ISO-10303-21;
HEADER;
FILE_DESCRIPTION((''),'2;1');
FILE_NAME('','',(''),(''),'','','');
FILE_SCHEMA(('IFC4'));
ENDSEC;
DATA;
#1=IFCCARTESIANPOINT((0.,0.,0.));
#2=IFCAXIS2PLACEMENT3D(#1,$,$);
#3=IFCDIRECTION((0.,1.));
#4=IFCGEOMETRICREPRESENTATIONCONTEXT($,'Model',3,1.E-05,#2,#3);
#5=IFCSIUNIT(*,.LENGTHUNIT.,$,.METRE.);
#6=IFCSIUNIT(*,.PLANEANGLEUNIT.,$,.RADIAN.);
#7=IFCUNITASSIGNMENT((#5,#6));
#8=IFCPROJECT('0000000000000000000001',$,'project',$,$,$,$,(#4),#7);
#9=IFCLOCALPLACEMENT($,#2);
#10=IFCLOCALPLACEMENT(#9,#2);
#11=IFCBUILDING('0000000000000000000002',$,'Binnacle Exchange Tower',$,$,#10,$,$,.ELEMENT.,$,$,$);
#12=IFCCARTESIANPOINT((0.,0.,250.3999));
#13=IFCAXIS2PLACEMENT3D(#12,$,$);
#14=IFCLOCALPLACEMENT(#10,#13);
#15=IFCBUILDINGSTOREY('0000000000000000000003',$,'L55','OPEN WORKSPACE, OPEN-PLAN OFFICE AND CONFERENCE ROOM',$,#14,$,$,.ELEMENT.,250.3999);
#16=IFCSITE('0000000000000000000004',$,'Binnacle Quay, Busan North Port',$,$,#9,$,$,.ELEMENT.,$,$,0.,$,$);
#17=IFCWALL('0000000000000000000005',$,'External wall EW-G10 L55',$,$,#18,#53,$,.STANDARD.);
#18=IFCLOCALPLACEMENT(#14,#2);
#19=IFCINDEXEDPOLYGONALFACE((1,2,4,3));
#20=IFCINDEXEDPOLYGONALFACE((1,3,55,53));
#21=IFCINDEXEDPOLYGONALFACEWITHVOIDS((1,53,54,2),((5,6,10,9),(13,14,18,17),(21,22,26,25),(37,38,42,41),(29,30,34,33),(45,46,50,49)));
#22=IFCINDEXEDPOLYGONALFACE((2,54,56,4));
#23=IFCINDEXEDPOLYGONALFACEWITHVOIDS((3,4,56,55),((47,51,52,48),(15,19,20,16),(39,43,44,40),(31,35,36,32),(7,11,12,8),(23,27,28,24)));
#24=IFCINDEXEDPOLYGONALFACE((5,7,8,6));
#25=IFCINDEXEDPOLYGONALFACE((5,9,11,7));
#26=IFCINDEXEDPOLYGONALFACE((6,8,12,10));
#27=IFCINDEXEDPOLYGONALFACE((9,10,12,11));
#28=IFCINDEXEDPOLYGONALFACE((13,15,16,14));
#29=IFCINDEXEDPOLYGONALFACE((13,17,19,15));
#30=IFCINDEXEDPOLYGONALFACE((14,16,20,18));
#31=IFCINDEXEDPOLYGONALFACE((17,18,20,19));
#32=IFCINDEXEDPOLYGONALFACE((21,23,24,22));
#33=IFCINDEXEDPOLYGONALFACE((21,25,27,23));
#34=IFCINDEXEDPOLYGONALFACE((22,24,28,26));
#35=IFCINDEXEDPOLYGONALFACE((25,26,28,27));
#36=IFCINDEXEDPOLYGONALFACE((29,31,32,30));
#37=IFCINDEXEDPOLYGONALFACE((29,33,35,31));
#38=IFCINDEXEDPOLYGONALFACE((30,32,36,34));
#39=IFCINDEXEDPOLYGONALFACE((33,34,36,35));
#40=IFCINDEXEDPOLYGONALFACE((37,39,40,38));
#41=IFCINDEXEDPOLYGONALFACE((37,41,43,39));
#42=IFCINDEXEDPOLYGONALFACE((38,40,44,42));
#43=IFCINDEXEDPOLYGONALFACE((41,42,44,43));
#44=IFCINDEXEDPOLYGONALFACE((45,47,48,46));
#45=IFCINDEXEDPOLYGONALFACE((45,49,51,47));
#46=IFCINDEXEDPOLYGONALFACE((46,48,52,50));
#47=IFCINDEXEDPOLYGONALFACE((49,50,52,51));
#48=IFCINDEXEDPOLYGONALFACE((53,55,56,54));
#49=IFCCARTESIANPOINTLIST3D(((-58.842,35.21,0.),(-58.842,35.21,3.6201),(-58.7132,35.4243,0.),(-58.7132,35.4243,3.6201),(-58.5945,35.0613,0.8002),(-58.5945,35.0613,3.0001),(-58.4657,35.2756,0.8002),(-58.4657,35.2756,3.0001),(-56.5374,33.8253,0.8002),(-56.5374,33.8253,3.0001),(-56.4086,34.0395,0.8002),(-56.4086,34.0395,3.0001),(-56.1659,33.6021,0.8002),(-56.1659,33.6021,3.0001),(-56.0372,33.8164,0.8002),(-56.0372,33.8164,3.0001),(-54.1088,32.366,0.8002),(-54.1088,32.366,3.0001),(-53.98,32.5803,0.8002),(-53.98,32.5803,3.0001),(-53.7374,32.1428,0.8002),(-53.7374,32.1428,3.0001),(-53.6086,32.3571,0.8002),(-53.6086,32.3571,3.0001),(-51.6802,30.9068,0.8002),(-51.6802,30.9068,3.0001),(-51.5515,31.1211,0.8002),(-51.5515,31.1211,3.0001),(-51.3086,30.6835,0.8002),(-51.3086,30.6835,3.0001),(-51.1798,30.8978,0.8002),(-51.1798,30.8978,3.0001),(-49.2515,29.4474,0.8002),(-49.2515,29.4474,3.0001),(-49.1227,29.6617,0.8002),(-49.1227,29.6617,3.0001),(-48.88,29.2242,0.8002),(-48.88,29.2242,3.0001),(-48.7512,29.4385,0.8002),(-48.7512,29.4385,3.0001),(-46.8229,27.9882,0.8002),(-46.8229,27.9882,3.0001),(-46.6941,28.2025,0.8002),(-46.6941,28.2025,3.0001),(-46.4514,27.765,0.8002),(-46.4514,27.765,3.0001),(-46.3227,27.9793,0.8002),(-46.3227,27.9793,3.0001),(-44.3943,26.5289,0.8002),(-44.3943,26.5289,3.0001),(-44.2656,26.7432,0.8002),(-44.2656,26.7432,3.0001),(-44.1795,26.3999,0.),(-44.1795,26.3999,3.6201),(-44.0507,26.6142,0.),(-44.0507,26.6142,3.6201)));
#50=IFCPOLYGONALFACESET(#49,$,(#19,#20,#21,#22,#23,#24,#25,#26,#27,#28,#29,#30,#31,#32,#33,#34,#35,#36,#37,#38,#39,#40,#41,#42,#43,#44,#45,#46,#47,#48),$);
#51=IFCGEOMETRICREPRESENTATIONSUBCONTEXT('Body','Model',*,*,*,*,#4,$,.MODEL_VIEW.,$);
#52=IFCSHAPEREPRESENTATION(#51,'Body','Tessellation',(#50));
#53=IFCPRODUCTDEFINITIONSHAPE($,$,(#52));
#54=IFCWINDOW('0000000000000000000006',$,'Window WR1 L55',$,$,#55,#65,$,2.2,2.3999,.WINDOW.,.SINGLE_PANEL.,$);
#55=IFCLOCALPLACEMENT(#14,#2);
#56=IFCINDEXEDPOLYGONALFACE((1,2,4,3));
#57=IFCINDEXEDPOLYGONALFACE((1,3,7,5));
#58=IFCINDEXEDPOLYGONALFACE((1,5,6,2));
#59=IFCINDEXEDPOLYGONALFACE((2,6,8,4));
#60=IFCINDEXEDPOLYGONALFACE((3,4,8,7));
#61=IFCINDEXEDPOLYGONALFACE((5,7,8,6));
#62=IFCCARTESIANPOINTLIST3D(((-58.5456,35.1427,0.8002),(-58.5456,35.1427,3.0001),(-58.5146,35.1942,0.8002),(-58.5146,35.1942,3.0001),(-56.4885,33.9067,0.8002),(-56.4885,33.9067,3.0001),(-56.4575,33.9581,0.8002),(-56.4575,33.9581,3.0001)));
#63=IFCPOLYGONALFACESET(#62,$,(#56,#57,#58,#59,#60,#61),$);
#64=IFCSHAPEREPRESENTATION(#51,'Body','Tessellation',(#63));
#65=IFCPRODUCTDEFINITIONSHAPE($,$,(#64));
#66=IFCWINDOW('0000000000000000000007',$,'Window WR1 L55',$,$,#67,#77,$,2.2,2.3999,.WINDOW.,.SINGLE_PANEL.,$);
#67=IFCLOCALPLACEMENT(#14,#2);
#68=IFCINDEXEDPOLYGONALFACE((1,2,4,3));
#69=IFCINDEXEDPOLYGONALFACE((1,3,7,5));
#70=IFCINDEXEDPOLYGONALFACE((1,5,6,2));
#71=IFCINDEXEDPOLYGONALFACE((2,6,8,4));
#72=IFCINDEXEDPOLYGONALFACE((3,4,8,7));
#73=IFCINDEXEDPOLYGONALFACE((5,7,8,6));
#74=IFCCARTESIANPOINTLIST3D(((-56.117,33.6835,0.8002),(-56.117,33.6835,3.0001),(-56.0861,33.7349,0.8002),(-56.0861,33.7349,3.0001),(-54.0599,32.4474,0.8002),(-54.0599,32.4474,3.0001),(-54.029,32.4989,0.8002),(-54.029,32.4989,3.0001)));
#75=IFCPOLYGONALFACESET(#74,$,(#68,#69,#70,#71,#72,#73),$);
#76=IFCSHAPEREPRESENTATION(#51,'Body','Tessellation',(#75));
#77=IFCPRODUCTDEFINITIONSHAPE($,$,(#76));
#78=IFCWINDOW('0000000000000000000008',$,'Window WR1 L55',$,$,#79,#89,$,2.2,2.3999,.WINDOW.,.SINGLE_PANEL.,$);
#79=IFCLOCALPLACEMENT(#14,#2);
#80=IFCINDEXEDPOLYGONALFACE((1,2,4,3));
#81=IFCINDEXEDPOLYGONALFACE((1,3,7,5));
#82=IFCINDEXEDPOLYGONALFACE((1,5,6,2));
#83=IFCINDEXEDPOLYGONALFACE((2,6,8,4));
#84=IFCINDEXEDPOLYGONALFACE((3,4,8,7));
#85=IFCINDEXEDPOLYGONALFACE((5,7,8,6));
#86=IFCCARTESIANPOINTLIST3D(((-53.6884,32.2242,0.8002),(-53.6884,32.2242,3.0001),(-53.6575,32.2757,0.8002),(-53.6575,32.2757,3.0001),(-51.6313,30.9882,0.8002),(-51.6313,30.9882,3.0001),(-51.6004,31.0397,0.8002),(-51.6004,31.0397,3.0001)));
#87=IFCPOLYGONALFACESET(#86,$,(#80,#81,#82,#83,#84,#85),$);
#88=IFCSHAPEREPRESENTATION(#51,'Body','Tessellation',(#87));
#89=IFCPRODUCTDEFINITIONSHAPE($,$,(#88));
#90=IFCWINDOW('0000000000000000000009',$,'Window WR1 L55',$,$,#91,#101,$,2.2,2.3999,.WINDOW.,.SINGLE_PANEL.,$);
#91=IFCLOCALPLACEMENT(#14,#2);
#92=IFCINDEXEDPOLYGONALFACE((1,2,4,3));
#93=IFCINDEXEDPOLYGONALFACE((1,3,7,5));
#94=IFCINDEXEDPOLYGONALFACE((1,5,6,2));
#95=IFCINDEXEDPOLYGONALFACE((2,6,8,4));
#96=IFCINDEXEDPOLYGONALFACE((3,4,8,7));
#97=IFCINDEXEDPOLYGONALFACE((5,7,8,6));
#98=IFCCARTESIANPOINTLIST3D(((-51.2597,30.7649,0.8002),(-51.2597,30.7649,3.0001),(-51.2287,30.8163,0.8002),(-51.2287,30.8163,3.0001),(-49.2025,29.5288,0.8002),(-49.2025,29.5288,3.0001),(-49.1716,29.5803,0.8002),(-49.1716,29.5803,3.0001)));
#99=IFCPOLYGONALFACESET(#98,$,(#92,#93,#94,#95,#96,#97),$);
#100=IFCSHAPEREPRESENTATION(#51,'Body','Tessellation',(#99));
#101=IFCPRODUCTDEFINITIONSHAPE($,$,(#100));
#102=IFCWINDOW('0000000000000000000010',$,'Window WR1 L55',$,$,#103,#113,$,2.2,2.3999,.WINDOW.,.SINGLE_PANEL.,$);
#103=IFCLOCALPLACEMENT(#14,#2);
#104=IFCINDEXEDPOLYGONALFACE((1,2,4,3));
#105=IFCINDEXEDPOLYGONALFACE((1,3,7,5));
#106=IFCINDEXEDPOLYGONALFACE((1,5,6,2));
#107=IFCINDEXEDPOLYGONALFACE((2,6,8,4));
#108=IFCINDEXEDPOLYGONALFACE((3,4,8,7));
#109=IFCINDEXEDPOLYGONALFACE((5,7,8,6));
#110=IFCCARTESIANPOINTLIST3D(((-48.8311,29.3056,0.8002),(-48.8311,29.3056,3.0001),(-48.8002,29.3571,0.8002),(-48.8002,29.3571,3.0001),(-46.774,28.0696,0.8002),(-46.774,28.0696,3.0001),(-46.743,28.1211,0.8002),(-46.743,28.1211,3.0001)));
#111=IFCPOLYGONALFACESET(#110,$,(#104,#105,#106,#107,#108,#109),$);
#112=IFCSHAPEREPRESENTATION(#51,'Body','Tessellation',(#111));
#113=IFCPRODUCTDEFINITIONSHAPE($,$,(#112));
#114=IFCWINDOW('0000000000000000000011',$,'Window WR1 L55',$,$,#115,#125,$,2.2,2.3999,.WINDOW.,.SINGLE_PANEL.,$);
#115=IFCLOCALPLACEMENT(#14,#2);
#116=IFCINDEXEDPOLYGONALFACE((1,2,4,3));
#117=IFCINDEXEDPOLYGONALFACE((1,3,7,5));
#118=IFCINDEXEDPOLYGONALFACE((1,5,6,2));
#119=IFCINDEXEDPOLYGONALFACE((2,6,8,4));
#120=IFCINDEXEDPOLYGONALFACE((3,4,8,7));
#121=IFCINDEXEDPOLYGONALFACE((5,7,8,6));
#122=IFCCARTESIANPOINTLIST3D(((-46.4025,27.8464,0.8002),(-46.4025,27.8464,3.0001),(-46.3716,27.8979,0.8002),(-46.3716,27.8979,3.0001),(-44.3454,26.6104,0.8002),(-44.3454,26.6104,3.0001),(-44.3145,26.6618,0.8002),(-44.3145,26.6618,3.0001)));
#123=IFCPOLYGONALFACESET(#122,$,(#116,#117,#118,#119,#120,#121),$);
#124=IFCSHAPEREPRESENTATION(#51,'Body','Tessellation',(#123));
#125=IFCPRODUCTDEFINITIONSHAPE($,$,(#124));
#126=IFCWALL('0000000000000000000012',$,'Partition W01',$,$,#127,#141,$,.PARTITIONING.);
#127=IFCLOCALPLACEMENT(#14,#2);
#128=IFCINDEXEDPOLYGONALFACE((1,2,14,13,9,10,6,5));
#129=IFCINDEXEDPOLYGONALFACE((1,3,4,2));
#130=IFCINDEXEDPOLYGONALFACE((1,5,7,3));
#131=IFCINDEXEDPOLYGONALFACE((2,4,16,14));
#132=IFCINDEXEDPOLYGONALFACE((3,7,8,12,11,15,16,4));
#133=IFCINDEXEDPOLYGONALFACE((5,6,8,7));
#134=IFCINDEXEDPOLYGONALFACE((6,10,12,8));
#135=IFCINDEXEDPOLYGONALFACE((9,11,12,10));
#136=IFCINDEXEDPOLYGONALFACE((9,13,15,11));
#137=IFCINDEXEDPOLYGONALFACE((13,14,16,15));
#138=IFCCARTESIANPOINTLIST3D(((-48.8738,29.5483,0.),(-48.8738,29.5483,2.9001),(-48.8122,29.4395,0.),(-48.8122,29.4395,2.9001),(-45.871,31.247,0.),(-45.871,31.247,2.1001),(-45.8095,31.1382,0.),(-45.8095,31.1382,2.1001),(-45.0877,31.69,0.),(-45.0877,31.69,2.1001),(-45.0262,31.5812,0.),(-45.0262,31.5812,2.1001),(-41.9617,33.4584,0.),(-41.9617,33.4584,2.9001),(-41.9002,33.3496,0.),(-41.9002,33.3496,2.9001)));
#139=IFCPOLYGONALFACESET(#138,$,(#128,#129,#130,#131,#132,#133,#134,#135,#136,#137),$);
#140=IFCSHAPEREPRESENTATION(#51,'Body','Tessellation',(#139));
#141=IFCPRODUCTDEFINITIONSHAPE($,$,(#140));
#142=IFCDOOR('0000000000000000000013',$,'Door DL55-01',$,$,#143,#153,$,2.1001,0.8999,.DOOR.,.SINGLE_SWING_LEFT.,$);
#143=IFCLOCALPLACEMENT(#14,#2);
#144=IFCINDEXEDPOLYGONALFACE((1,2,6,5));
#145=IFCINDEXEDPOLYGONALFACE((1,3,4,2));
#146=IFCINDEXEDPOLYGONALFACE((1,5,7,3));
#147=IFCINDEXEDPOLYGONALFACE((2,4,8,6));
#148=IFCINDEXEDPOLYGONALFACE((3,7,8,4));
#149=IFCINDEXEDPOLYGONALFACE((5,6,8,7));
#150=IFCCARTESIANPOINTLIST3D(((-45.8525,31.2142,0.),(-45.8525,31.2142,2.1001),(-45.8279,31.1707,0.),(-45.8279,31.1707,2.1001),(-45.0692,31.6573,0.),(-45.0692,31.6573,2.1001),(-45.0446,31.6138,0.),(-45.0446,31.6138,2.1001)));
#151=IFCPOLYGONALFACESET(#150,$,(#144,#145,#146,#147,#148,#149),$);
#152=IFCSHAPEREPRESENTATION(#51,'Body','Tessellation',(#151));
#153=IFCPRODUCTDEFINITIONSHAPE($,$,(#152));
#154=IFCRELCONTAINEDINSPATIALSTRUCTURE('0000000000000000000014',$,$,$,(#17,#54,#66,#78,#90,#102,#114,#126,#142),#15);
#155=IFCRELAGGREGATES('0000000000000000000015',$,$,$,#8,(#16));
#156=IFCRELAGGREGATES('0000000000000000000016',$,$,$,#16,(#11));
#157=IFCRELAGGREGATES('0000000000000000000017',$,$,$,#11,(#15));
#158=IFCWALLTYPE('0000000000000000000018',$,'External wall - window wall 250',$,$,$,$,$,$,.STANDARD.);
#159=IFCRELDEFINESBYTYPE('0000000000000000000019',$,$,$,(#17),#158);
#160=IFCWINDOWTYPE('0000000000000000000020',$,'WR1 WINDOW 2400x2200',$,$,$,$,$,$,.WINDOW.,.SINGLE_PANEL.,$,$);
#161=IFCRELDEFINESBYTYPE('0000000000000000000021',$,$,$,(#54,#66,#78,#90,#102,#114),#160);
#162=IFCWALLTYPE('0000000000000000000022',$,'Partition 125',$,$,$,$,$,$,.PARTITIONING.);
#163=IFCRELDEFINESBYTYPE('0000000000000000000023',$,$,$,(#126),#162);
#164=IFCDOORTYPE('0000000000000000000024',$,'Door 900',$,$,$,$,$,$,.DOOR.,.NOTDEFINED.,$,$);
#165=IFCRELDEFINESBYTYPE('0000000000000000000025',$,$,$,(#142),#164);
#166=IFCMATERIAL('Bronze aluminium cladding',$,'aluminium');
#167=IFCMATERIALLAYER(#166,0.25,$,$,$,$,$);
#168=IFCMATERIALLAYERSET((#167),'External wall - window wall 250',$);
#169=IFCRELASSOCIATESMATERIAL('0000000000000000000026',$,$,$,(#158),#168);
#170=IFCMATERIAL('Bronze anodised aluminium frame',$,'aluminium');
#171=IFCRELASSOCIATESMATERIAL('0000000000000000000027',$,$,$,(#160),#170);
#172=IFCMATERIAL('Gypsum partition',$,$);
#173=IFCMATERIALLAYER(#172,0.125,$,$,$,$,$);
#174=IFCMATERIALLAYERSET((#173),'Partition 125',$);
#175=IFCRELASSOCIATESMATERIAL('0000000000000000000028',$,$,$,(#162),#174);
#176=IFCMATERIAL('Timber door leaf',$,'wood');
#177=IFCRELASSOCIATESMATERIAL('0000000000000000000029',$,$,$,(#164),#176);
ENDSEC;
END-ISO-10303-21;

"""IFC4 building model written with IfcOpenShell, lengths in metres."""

from ifc_helpers import new_model, si_unit, direction, frame, frame_2d, origin, place, context, subcontext, project, spatial, rectangle, extrude, material, layer, layer_set, type_object, element, fill, save


model = new_model("IFC4")

# Units and contexts
model_context = context("Model", 3, precision=1e-05, world=origin(), true_north=direction((0.0, 1.0)))
body_context = subcontext(model_context, "Body", "Model", "MODEL_VIEW")
ifc_project = project(units=[si_unit("LENGTHUNIT", "METRE"), si_unit("PLANEANGLEUNIT", "RADIAN")], contexts=[model_context])

# Site, building, storey
site_placement = place(None, origin())
site = spatial("IfcSite", under=ifc_project, at=site_placement, Name="Binnacle Quay, Busan North Port", CompositionType="ELEMENT", RefElevation=0.0)
building_placement = place(site_placement, origin())
building = spatial("IfcBuilding", under=site, at=building_placement, Name="Binnacle Exchange Tower", CompositionType="ELEMENT")
storey_placement = place(building_placement, frame((0.0, 0.0, 250.3999)))
storey = spatial("IfcBuildingStorey", under=building, at=storey_placement, Name="L55", Description="OPEN WORKSPACE, OPEN-PLAN OFFICE AND CONFERENCE ROOM", CompositionType="ELEMENT", Elevation=250.3999)

# Shared definitions
ifc_material_1 = material(Name="Bronze aluminium cladding", Category="aluminium")
ifc_layer_1 = layer(ifc_material_1, 0.25)
ifc_layer_set_1 = layer_set([ifc_layer_1], Name="External wall - window wall 250")
wall_type_1 = type_object("IfcWallType", Name="External wall - window wall 250", PredefinedType="STANDARD", material=ifc_layer_set_1)

# Wall, openings, windows
wall_1_placement = place(storey_placement, frame((-44.1152, 26.5071, 0.0), z_axis=(0.0, 0.0, 1.0), x_axis=(-0.857167, 0.515039, 0.0)))
wall_1 = element("IfcWall", 1, at=wall_1_placement, inside=storey, type_object=wall_type_1, Name="External wall EW-G10 L55", PredefinedType="STANDARD", context=body_context, shape_type="SweptSolid", body=[
    extrude(rectangle(XDim=17.1057, YDim=0.25, at=frame_2d((8.5527, 0.0))), origin(), (0.0, 0.0, 1.0), 3.6201),
])
opening_1_placement = place(wall_1_placement, frame((14.417, 0.0, 0.8)))
opening_1 = element("IfcOpeningElement", 2, at=opening_1_placement, cuts=wall_1, PredefinedType="OPENING", context=body_context, shape_type="SweptSolid", body=[
    extrude(rectangle(XDim=2.3999, YDim=2.2, at=frame_2d((1.2, 1.1001))), frame((0.0, 0.135, 0.0), z_axis=(0.0, -1.0, 0.0), x_axis=(1.0, 0.0, 0.0)), (0.0, 0.0, 1.0), 0.27),
])
opening_2_placement = place(wall_1_placement, frame((11.5837, 0.0, 0.8)))
opening_2 = element("IfcOpeningElement", 3, at=opening_2_placement, cuts=wall_1, PredefinedType="OPENING", context=body_context, shape_type="SweptSolid", body=[
    extrude(rectangle(XDim=2.3999, YDim=2.2, at=frame_2d((1.2, 1.1001))), frame((0.0, 0.135, 0.0), z_axis=(0.0, -1.0, 0.0), x_axis=(1.0, 0.0, 0.0)), (0.0, 0.0, 1.0), 0.27),
])
opening_3_placement = place(wall_1_placement, frame((8.7505, 0.0, 0.8)))
opening_3 = element("IfcOpeningElement", 4, at=opening_3_placement, cuts=wall_1, PredefinedType="OPENING", context=body_context, shape_type="SweptSolid", body=[
    extrude(rectangle(XDim=2.3999, YDim=2.2, at=frame_2d((1.2, 1.1001))), frame((0.0, 0.135, 0.0), z_axis=(0.0, -1.0, 0.0), x_axis=(1.0, 0.0, 0.0)), (0.0, 0.0, 1.0), 0.27),
])
opening_4_placement = place(wall_1_placement, frame((5.917, 0.0, 0.8)))
opening_4 = element("IfcOpeningElement", 5, at=opening_4_placement, cuts=wall_1, PredefinedType="OPENING", context=body_context, shape_type="SweptSolid", body=[
    extrude(rectangle(XDim=2.3999, YDim=2.2, at=frame_2d((1.2, 1.1001))), frame((0.0, 0.135, 0.0), z_axis=(0.0, -1.0, 0.0), x_axis=(1.0, 0.0, 0.0)), (0.0, 0.0, 1.0), 0.27),
])
opening_5_placement = place(wall_1_placement, frame((3.0837, 0.0, 0.8)))
opening_5 = element("IfcOpeningElement", 6, at=opening_5_placement, cuts=wall_1, PredefinedType="OPENING", context=body_context, shape_type="SweptSolid", body=[
    extrude(rectangle(XDim=2.3999, YDim=2.2, at=frame_2d((1.2, 1.1001))), frame((0.0, 0.135, 0.0), z_axis=(0.0, -1.0, 0.0), x_axis=(1.0, 0.0, 0.0)), (0.0, 0.0, 1.0), 0.27),
])
opening_6_placement = place(wall_1_placement, frame((0.2505, 0.0, 0.8)))
opening_6 = element("IfcOpeningElement", 7, at=opening_6_placement, cuts=wall_1, PredefinedType="OPENING", context=body_context, shape_type="SweptSolid", body=[
    extrude(rectangle(XDim=2.3999, YDim=2.2, at=frame_2d((1.2, 1.1001))), frame((0.0, 0.135, 0.0), z_axis=(0.0, -1.0, 0.0), x_axis=(1.0, 0.0, 0.0)), (0.0, 0.0, 1.0), 0.27),
])
ifc_material_2 = material(Name="Bronze anodised aluminium frame", Category="aluminium")
window_type = type_object("IfcWindowType", Name="WR1 WINDOW 2400x2200", PartitioningType="SINGLE_PANEL", PredefinedType="WINDOW", material=ifc_material_2)
window_1_placement = place(opening_1_placement, origin())
window_1 = element("IfcWindow", 8, at=window_1_placement, inside=storey, type_object=window_type, Name="Window WR1 L55", OverallHeight=2.2, OverallWidth=2.3999, PartitioningType="SINGLE_PANEL", PredefinedType="WINDOW", context=body_context, shape_type="SweptSolid", body=[
    extrude(rectangle(XDim=2.3999, YDim=2.2, at=frame_2d((1.2, 1.1001))), frame((0.0, 0.03, 0.0), z_axis=(0.0, -1.0, 0.0), x_axis=(1.0, 0.0, 0.0)), (0.0, 0.0, 1.0), 0.0601),
])
fill(opening_1, window_1)
window_2_placement = place(opening_2_placement, origin())
window_2 = element("IfcWindow", 9, at=window_2_placement, inside=storey, type_object=window_type, Name="Window WR1 L55", OverallHeight=2.2, OverallWidth=2.3999, PartitioningType="SINGLE_PANEL", PredefinedType="WINDOW", context=body_context, shape_type="SweptSolid", body=[
    extrude(rectangle(XDim=2.3999, YDim=2.2, at=frame_2d((1.2, 1.1001))), frame((0.0, 0.03, 0.0), z_axis=(0.0, -1.0, 0.0), x_axis=(1.0, 0.0, 0.0)), (0.0, 0.0, 1.0), 0.0601),
])
fill(opening_2, window_2)
window_3_placement = place(opening_3_placement, origin())
window_3 = element("IfcWindow", 10, at=window_3_placement, inside=storey, type_object=window_type, Name="Window WR1 L55", OverallHeight=2.2, OverallWidth=2.3999, PartitioningType="SINGLE_PANEL", PredefinedType="WINDOW", context=body_context, shape_type="SweptSolid", body=[
    extrude(rectangle(XDim=2.3999, YDim=2.2, at=frame_2d((1.2, 1.1001))), frame((0.0, 0.03, 0.0), z_axis=(0.0, -1.0, 0.0), x_axis=(1.0, 0.0, 0.0)), (0.0, 0.0, 1.0), 0.0601),
])
fill(opening_3, window_3)
window_4_placement = place(opening_4_placement, origin())
window_4 = element("IfcWindow", 11, at=window_4_placement, inside=storey, type_object=window_type, Name="Window WR1 L55", OverallHeight=2.2, OverallWidth=2.3999, PartitioningType="SINGLE_PANEL", PredefinedType="WINDOW", context=body_context, shape_type="SweptSolid", body=[
    extrude(rectangle(XDim=2.3999, YDim=2.2, at=frame_2d((1.2, 1.1001))), frame((0.0, 0.03, 0.0), z_axis=(0.0, -1.0, 0.0), x_axis=(1.0, 0.0, 0.0)), (0.0, 0.0, 1.0), 0.0601),
])
fill(opening_4, window_4)
window_5_placement = place(opening_5_placement, origin())
window_5 = element("IfcWindow", 12, at=window_5_placement, inside=storey, type_object=window_type, Name="Window WR1 L55", OverallHeight=2.2, OverallWidth=2.3999, PartitioningType="SINGLE_PANEL", PredefinedType="WINDOW", context=body_context, shape_type="SweptSolid", body=[
    extrude(rectangle(XDim=2.3999, YDim=2.2, at=frame_2d((1.2, 1.1001))), frame((0.0, 0.03, 0.0), z_axis=(0.0, -1.0, 0.0), x_axis=(1.0, 0.0, 0.0)), (0.0, 0.0, 1.0), 0.0601),
])
fill(opening_5, window_5)
window_6_placement = place(opening_6_placement, origin())
window_6 = element("IfcWindow", 13, at=window_6_placement, inside=storey, type_object=window_type, Name="Window WR1 L55", OverallHeight=2.2, OverallWidth=2.3999, PartitioningType="SINGLE_PANEL", PredefinedType="WINDOW", context=body_context, shape_type="SweptSolid", body=[
    extrude(rectangle(XDim=2.3999, YDim=2.2, at=frame_2d((1.2, 1.1001))), frame((0.0, 0.03, 0.0), z_axis=(0.0, -1.0, 0.0), x_axis=(1.0, 0.0, 0.0)), (0.0, 0.0, 1.0), 0.0601),
])
fill(opening_6, window_6)

# Wall, opening, door
ifc_material_3 = material(Name="Gypsum partition")
ifc_layer_2 = layer(ifc_material_3, 0.125)
ifc_layer_set_2 = layer_set([ifc_layer_2], Name="Partition 125")
wall_type_2 = type_object("IfcWallType", Name="Partition 125", PredefinedType="PARTITIONING", material=ifc_layer_set_2)
wall_2_placement = place(storey_placement, frame((-48.843, 29.4939, 0.0), z_axis=(0.0, 0.0, 1.0), x_axis=(0.870384, 0.492373, 0.0)))
wall_2 = element("IfcWall", 14, at=wall_2_placement, inside=storey, type_object=wall_type_2, Name="Partition W01", PredefinedType="PARTITIONING", context=body_context, shape_type="SweptSolid", body=[
    extrude(rectangle(XDim=7.9414, YDim=0.125, at=frame_2d((3.9707, 0.0))), origin(), (0.0, 0.0, 1.0), 2.9001),
])
opening_7_placement = place(wall_2_placement, frame((3.45, 0.0, 0.0)))
opening_7 = element("IfcOpeningElement", 15, at=opening_7_placement, cuts=wall_2, PredefinedType="OPENING", context=body_context, shape_type="SweptSolid", body=[
    extrude(rectangle(XDim=0.8999, YDim=2.1001, at=frame_2d((0.45, 1.05))), frame((0.0, 0.0725, 0.0), z_axis=(0.0, -1.0, 0.0), x_axis=(1.0, 0.0, 0.0)), (0.0, 0.0, 1.0), 0.145),
])
ifc_material_4 = material(Name="Timber door leaf", Category="wood")
door_type_1 = type_object("IfcDoorType", Name="Door 900", OperationType="NOTDEFINED", PredefinedType="DOOR", material=ifc_material_4)
door_1_placement = place(opening_7_placement, origin())
door_1 = element("IfcDoor", 16, at=door_1_placement, inside=storey, type_object=door_type_1, Name="Door DL55-01", OperationType="SINGLE_SWING_LEFT", OverallHeight=2.1001, OverallWidth=0.8999, PredefinedType="DOOR", context=body_context, shape_type="SweptSolid", body=[
    extrude(rectangle(XDim=0.8999, YDim=2.1001, at=frame_2d((0.45, 1.05))), frame((0.0, 0.0249, 0.0), z_axis=(0.0, -1.0, 0.0), x_axis=(1.0, 0.0, 0.0)), (0.0, 0.0, 1.0), 0.05),
])
fill(opening_7, door_1)

save(model, "model.ifc")
